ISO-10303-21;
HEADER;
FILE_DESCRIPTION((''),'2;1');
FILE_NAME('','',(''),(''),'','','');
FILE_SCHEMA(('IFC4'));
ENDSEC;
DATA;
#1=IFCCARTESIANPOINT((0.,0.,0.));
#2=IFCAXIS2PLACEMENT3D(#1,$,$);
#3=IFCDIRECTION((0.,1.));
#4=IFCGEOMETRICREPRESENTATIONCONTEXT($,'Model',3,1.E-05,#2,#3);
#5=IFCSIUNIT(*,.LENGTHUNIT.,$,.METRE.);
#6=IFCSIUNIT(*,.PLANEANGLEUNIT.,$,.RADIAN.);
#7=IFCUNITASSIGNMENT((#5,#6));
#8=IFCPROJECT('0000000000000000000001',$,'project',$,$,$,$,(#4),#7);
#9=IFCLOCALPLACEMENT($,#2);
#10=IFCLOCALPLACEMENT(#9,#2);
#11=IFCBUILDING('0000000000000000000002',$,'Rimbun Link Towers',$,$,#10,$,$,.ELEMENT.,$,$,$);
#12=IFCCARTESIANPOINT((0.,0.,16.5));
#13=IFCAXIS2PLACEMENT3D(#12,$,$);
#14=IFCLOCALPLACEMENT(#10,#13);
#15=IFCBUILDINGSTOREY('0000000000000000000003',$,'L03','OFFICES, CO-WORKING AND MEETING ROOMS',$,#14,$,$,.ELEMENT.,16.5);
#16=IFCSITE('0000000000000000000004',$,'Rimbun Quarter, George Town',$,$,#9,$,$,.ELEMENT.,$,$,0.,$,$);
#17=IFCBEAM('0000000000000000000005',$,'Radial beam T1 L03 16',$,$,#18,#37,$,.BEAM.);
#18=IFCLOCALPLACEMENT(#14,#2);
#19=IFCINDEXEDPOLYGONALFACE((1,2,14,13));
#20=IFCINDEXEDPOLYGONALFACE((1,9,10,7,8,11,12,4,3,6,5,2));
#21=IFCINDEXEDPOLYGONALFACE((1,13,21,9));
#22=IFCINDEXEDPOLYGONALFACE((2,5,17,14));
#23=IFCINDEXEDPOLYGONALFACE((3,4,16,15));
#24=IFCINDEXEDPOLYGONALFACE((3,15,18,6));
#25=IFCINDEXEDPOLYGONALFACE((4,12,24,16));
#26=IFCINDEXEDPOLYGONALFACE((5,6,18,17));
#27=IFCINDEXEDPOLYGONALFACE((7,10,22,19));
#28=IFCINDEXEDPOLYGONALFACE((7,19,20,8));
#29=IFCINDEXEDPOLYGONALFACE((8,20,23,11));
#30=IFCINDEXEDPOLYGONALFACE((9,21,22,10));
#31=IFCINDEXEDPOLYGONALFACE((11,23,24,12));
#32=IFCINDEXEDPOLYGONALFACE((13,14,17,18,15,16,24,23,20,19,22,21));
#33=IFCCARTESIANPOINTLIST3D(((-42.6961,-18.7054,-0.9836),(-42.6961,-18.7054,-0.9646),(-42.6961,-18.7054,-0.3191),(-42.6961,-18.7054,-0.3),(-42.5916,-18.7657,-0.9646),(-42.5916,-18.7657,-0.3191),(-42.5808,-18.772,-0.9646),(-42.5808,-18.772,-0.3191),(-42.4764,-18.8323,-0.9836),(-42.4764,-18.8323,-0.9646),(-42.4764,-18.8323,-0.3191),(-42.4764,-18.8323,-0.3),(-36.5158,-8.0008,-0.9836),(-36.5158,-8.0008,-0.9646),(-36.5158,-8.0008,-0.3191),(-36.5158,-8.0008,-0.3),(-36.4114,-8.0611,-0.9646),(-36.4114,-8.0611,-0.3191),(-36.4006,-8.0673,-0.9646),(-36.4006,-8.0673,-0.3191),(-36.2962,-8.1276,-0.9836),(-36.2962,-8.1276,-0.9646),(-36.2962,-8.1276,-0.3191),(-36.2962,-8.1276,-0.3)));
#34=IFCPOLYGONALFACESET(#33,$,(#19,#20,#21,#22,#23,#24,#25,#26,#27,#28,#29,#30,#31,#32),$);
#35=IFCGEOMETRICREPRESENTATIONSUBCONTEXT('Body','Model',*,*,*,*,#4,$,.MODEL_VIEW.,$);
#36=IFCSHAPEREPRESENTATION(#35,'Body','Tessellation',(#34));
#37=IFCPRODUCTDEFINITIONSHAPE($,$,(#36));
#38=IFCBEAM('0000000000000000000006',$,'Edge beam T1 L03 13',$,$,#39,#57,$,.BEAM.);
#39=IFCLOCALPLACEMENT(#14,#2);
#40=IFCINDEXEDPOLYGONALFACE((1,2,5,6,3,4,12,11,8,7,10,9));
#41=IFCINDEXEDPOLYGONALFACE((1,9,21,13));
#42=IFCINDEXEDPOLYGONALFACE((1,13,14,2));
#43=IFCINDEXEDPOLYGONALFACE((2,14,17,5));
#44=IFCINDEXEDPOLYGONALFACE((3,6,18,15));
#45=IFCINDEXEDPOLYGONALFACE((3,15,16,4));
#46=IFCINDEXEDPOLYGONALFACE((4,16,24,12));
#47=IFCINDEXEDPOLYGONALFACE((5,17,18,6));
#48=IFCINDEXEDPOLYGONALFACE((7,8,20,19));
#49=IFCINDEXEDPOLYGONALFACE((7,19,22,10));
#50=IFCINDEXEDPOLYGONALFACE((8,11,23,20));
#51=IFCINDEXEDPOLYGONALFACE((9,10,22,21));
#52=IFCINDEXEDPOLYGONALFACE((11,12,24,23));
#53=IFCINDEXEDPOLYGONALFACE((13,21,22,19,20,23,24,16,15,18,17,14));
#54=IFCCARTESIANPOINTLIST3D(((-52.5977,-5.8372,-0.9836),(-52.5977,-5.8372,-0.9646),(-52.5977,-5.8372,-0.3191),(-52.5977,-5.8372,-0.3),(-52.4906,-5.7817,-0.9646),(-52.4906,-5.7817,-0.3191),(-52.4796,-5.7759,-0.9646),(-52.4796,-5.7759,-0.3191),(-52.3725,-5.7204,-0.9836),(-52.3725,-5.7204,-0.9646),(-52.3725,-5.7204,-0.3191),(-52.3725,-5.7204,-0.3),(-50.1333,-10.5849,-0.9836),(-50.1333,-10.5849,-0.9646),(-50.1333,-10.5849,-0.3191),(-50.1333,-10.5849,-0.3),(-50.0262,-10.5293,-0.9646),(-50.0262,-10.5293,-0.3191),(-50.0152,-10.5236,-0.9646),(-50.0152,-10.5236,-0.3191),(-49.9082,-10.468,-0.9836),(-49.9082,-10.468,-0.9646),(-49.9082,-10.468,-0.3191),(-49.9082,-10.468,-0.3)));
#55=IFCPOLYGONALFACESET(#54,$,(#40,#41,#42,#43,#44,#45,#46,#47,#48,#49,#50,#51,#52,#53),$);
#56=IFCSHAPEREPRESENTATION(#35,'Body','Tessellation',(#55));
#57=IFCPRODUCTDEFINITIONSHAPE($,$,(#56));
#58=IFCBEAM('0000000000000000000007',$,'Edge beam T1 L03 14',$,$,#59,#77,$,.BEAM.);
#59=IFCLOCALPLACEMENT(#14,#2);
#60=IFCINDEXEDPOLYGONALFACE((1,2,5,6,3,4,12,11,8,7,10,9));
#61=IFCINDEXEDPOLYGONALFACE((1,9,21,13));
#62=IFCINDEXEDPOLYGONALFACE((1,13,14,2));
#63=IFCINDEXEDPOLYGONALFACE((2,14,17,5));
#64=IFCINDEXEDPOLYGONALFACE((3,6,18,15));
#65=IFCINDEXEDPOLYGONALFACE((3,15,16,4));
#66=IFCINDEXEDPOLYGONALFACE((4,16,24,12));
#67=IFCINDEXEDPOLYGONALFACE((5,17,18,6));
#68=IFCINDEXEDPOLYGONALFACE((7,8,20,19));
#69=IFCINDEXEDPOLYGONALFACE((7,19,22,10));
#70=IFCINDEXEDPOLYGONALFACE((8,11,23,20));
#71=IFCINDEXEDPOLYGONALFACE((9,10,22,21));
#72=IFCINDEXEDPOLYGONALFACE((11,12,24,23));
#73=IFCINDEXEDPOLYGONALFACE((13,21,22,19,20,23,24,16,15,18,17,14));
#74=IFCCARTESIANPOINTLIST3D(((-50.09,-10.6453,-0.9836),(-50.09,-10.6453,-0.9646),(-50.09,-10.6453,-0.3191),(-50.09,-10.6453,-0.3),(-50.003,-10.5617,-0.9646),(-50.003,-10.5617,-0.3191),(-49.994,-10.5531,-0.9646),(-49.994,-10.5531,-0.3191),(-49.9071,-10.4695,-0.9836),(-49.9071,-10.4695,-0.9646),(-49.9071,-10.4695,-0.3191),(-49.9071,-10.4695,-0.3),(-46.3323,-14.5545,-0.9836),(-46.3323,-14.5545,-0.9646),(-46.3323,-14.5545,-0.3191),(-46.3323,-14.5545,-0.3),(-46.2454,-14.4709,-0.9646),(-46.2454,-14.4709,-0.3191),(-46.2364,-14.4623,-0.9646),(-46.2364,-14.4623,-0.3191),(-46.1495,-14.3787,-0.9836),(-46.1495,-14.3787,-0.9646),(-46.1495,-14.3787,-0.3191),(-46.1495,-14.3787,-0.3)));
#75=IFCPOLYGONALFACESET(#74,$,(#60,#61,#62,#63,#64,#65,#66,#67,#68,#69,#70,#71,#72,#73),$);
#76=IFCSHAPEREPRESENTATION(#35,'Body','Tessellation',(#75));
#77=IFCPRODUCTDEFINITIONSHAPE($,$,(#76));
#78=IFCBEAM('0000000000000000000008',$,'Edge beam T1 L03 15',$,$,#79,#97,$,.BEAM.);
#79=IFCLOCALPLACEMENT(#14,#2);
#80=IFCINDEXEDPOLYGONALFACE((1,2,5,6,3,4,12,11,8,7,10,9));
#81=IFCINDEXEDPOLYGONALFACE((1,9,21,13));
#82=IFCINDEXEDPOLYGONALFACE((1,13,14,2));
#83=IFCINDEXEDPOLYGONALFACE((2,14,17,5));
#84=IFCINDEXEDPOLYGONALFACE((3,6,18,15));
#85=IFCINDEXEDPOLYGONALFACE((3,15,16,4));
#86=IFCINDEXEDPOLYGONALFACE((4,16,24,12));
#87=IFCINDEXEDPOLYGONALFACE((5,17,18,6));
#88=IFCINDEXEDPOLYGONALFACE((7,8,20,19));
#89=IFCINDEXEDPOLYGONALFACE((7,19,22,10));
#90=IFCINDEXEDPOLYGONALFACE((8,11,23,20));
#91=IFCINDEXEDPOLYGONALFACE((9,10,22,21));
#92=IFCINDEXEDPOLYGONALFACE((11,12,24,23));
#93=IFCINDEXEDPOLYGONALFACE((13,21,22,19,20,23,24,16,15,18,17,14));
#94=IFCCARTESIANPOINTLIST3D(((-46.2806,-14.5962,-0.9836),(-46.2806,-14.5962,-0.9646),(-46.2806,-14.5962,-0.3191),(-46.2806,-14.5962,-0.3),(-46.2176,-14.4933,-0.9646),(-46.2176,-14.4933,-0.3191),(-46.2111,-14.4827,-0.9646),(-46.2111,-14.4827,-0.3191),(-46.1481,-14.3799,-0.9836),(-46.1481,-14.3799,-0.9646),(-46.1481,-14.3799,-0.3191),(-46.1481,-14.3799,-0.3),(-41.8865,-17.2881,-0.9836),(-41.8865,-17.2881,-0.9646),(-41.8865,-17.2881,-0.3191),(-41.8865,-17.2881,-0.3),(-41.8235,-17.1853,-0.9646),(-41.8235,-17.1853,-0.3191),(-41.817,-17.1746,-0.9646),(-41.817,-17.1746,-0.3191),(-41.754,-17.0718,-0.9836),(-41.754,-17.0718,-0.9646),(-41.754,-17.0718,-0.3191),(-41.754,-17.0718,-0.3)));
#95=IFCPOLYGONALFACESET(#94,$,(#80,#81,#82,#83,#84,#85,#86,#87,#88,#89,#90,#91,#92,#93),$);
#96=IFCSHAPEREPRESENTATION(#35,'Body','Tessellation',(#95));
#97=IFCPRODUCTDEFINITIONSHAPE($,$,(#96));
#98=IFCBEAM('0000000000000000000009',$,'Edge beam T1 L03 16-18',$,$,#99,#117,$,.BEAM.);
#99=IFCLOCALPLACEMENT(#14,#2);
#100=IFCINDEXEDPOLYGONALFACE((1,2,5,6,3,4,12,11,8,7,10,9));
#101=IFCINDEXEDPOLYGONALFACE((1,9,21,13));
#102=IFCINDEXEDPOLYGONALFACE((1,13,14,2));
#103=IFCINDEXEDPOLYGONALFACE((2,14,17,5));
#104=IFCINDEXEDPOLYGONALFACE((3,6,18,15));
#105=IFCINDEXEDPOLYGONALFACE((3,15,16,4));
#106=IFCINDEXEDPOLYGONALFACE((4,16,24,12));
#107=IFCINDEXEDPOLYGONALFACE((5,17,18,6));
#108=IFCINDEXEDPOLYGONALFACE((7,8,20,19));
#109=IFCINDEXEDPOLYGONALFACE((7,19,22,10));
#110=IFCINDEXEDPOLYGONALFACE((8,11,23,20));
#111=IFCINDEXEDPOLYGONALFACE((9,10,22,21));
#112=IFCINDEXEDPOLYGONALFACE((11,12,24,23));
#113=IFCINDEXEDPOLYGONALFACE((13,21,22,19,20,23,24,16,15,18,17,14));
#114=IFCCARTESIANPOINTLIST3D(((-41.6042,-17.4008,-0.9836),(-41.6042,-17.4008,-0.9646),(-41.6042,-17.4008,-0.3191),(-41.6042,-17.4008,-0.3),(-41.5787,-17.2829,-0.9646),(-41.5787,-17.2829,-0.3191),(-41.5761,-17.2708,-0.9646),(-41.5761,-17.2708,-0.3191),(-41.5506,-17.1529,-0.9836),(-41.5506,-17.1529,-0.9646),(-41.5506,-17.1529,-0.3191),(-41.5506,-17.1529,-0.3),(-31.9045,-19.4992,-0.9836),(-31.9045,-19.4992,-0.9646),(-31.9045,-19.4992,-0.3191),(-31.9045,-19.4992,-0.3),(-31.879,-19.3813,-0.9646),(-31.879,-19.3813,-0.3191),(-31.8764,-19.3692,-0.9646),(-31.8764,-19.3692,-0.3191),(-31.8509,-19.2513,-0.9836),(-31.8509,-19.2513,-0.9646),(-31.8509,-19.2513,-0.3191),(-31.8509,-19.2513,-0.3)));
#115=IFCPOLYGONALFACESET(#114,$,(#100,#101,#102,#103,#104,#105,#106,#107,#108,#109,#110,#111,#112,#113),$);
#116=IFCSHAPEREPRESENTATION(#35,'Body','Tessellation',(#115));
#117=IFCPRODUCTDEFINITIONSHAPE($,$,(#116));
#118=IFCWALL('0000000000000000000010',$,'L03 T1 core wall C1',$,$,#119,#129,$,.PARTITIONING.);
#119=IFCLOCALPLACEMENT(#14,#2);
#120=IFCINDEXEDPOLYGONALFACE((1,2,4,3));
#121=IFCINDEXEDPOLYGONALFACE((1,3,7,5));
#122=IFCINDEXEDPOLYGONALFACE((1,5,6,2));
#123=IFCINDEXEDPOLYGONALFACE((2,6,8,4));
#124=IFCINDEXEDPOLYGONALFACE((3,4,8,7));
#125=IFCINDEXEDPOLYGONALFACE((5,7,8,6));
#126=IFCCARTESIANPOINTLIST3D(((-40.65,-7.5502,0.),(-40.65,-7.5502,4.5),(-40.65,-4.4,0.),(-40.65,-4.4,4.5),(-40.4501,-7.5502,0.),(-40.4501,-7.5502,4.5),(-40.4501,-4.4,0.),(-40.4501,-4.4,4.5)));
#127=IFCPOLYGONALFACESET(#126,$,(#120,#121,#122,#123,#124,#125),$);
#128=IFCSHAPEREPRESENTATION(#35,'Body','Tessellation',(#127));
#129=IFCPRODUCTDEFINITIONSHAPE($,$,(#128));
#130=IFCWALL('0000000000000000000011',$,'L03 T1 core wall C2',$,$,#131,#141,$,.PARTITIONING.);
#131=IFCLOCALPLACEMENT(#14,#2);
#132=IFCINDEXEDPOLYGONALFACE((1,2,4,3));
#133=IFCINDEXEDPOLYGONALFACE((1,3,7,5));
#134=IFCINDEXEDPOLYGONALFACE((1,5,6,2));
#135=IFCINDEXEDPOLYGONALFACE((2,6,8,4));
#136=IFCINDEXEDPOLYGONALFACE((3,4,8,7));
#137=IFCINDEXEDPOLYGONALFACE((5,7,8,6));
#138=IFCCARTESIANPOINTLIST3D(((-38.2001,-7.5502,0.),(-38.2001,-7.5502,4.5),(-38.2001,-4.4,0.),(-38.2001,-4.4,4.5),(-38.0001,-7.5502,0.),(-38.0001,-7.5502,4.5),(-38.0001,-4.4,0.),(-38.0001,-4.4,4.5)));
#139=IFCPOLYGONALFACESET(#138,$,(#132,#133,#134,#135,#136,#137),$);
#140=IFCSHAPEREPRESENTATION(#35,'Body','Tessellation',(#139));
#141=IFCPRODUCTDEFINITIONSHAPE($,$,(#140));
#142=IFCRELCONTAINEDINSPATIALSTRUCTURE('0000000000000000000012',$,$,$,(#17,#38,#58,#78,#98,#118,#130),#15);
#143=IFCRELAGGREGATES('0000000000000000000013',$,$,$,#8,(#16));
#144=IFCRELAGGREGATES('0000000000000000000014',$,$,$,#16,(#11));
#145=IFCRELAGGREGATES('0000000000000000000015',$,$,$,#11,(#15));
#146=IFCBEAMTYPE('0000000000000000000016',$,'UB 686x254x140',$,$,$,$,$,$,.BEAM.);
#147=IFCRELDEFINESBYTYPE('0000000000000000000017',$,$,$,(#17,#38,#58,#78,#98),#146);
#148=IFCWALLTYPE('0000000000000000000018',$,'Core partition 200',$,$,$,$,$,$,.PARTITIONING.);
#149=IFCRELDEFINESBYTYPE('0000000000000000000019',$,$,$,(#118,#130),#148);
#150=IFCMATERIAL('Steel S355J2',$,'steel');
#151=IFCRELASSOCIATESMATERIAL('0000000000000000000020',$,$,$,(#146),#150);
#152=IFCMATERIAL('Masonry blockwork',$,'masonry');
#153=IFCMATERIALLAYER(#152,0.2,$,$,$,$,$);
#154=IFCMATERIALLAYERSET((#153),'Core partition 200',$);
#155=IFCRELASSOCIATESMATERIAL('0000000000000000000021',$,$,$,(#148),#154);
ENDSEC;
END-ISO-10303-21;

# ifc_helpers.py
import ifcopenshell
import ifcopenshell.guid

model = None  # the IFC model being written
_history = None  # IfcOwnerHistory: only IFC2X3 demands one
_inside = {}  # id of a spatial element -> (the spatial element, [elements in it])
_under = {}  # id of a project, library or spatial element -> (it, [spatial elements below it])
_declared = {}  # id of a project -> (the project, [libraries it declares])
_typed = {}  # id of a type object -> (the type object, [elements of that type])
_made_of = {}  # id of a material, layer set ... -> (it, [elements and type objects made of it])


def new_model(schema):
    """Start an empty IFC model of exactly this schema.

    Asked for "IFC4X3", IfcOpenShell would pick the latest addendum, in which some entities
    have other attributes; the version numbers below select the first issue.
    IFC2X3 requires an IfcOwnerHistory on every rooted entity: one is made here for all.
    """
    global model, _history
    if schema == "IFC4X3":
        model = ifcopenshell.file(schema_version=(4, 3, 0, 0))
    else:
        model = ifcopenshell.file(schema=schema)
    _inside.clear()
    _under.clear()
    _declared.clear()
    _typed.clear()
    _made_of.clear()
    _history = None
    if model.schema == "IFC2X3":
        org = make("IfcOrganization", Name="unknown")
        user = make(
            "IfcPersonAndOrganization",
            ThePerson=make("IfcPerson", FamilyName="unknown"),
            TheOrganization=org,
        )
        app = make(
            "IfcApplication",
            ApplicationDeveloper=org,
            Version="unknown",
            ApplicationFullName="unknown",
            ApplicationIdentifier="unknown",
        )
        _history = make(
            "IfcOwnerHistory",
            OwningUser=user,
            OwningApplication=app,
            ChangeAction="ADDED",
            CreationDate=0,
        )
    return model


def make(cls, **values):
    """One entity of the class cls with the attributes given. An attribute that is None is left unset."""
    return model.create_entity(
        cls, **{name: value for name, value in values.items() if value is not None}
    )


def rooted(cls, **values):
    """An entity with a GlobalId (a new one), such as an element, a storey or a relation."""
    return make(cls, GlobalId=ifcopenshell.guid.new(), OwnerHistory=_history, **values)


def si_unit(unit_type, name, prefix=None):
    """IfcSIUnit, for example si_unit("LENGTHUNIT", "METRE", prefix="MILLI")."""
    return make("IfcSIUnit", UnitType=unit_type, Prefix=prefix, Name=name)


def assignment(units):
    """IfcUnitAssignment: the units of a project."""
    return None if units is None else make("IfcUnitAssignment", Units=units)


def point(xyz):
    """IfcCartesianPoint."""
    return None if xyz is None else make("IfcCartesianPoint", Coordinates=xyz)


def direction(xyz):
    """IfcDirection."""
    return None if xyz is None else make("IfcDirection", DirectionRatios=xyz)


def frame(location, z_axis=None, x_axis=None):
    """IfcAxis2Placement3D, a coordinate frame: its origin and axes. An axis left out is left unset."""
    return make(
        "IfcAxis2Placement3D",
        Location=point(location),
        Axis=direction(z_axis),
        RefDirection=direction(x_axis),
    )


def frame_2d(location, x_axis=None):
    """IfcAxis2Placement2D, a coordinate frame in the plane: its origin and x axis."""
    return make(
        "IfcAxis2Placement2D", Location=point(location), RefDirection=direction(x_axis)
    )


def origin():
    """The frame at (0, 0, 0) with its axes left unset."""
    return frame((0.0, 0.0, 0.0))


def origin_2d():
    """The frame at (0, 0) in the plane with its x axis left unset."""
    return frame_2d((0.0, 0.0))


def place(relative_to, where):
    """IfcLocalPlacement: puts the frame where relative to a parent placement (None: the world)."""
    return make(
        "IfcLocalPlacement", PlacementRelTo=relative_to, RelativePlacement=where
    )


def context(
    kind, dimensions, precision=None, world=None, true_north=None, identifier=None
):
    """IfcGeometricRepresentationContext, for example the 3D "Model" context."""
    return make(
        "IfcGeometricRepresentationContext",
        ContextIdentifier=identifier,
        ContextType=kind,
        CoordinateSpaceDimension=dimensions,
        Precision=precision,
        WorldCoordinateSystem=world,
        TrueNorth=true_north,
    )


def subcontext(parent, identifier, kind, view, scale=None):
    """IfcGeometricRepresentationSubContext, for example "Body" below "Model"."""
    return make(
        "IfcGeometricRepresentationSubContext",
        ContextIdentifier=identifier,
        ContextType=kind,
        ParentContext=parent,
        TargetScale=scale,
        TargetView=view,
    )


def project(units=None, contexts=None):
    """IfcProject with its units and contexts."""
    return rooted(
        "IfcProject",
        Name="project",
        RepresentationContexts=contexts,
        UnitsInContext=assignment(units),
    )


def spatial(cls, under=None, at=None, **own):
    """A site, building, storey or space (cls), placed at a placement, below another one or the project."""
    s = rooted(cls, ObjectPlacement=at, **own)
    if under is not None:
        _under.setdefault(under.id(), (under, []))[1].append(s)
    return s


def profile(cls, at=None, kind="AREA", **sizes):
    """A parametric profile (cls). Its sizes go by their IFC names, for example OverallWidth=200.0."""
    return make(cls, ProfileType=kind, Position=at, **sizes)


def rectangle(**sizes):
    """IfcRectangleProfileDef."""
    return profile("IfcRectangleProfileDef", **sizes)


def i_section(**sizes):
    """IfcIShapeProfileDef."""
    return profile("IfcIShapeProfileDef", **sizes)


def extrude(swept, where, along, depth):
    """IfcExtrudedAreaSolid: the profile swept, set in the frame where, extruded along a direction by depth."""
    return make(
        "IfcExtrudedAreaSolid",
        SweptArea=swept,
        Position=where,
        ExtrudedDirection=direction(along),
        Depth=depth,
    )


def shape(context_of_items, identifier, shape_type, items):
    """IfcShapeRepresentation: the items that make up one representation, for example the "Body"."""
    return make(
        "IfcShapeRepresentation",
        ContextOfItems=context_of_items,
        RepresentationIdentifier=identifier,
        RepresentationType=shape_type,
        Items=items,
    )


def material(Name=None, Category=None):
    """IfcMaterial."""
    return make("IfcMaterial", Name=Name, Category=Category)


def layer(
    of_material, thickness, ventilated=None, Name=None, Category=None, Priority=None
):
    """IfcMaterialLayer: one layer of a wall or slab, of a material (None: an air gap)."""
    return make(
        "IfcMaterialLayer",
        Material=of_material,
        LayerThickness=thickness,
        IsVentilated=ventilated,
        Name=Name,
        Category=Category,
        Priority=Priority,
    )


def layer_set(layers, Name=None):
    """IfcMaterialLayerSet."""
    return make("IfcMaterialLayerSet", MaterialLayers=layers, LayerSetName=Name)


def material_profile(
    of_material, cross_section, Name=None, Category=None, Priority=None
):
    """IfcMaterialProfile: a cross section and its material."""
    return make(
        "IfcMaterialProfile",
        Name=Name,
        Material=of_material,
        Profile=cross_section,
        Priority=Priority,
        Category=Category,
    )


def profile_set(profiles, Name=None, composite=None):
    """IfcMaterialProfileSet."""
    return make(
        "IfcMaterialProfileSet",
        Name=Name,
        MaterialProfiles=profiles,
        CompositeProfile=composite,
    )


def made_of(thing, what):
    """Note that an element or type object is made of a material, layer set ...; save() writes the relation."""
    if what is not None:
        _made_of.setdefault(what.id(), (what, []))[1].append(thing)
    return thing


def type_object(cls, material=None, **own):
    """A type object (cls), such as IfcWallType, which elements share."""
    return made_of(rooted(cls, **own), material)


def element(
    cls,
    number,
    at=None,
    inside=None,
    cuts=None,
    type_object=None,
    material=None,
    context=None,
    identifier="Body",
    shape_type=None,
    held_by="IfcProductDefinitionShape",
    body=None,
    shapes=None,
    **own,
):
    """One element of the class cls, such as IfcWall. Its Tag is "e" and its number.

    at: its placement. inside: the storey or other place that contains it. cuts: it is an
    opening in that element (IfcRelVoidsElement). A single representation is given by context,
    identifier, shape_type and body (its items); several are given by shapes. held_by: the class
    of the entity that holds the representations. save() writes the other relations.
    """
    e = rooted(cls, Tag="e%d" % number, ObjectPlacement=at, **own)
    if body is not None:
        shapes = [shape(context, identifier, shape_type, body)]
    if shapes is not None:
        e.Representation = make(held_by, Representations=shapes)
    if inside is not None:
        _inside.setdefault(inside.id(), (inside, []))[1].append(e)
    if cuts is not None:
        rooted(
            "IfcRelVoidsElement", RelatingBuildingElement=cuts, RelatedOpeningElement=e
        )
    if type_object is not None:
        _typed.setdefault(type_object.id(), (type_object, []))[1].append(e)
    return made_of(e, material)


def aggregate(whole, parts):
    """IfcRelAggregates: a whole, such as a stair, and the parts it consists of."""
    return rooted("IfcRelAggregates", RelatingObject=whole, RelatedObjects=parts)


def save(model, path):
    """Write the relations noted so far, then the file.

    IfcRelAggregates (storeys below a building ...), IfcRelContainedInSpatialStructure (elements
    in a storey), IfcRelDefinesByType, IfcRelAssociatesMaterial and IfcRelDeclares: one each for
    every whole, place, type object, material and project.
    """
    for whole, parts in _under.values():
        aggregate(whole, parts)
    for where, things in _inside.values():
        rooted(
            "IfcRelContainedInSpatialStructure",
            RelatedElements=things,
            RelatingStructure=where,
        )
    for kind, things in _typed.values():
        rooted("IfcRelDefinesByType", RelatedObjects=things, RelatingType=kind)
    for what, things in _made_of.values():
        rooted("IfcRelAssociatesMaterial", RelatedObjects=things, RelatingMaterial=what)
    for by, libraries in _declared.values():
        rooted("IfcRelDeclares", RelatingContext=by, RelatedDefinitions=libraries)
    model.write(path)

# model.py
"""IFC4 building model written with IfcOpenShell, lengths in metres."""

from ifc_helpers import new_model, si_unit, direction, frame, frame_2d, origin, origin_2d, place, context, subcontext, project, spatial, rectangle, i_section, extrude, material, layer, layer_set, material_profile, profile_set, type_object, element, save


model = new_model("IFC4")

# Units and contexts
model_context = context("Model", 3, precision=1e-05, world=origin(), true_north=direction((0.0, 1.0)))
body_context = subcontext(model_context, "Body", "Model", "MODEL_VIEW")
ifc_project = project(units=[si_unit("LENGTHUNIT", "METRE"), si_unit("PLANEANGLEUNIT", "RADIAN")], contexts=[model_context])

# Site, building, storey
site_placement = place(None, origin())
site = spatial("IfcSite", under=ifc_project, at=site_placement, Name="Rimbun Quarter, George Town", CompositionType="ELEMENT", RefElevation=0.0)
building_placement = place(site_placement, origin())
building = spatial("IfcBuilding", under=site, at=building_placement, Name="Rimbun Link Towers", CompositionType="ELEMENT")
storey_placement = place(building_placement, frame((0.0, 0.0, 16.5)))
storey = spatial("IfcBuildingStorey", under=building, at=storey_placement, Name="L03", Description="OFFICES, CO-WORKING AND MEETING ROOMS", CompositionType="ELEMENT", Elevation=16.5)

# Beams
ifc_material_1 = material(Name="Steel S355J2", Category="steel")
ifc_material_profile_1 = material_profile(ifc_material_1, i_section(OverallWidth=0.2537, OverallDepth=0.6836, WebThickness=0.0125, FlangeThickness=0.019, at=origin_2d()), Name="UB 686x254x140")
ifc_profile_set_1 = profile_set([ifc_material_profile_1], Name="Steel S355J2")
beam_type_1 = type_object("IfcBeamType", Name="UB 686x254x140", PredefinedType="BEAM", material=ifc_profile_set_1)
beam_1_placement = place(storey_placement, frame((-36.406, -8.0642, -0.6418), z_axis=(-0.499993, -0.86603, 0.0), x_axis=(0.86603, -0.499993, 0.0)))
element("IfcBeam", 1, at=beam_1_placement, inside=storey, type_object=beam_type_1, Name="Radial beam T1 L03 16", PredefinedType="BEAM", context=body_context, shape_type="SweptSolid", body=[
    extrude(i_section(OverallWidth=0.2537, OverallDepth=0.6836, WebThickness=0.0125, FlangeThickness=0.019, at=origin_2d()), origin(), (0.0, 0.0, 1.0), 12.3606),
])
beam_2_placement = place(storey_placement, frame((-52.4851, -5.7788, -0.6418), z_axis=(0.460709, -0.887551, 0.0), x_axis=(0.887551, 0.460709, 0.0)))
element("IfcBeam", 2, at=beam_2_placement, inside=storey, type_object=beam_type_1, Name="Edge beam T1 L03 13", PredefinedType="BEAM", context=body_context, shape_type="SweptSolid", body=[
    extrude(i_section(OverallWidth=0.2537, OverallDepth=0.6836, WebThickness=0.0125, FlangeThickness=0.019, at=origin_2d()), origin(), (0.0, 0.0, 1.0), 5.3491),
])
beam_3_placement = place(storey_placement, frame((-49.9985, -10.5574, -0.6418), z_axis=(0.692988, -0.720949, 0.0), x_axis=(0.720949, 0.692988, 0.0)))
element("IfcBeam", 3, at=beam_3_placement, inside=storey, type_object=beam_type_1, Name="Edge beam T1 L03 14", PredefinedType="BEAM", context=body_context, shape_type="SweptSolid", body=[
    extrude(i_section(OverallWidth=0.2537, OverallDepth=0.6836, WebThickness=0.0125, FlangeThickness=0.019, at=origin_2d()), origin(), (0.0, 0.0, 1.0), 5.4224),
])
beam_4_placement = place(storey_placement, frame((-46.2144, -14.488, -0.6418), z_axis=(0.852707, -0.522389, 0.0), x_axis=(0.522389, 0.852707, 0.0)))
element("IfcBeam", 4, at=beam_4_placement, inside=storey, type_object=beam_type_1, Name="Edge beam T1 L03 15", PredefinedType="BEAM", context=body_context, shape_type="SweptSolid", body=[
    extrude(i_section(OverallWidth=0.2537, OverallDepth=0.6836, WebThickness=0.0125, FlangeThickness=0.019, at=origin_2d()), origin(), (0.0, 0.0, 1.0), 5.1531),
])
beam_5_placement = place(storey_placement, frame((-41.5774, -17.2769, -0.6418), z_axis=(0.97739, -0.211444, 0.0), x_axis=(0.211444, 0.97739, 0.0)))
element("IfcBeam", 5, at=beam_5_placement, inside=storey, type_object=beam_type_1, Name="Edge beam T1 L03 16-18", PredefinedType="BEAM", context=body_context, shape_type="SweptSolid", body=[
    extrude(i_section(OverallWidth=0.2537, OverallDepth=0.6836, WebThickness=0.0125, FlangeThickness=0.019, at=origin_2d()), origin(), (0.0, 0.0, 1.0), 9.9241),
])

# Walls
ifc_material_2 = material(Name="Masonry blockwork", Category="masonry")
ifc_layer_1 = layer(ifc_material_2, 0.2)
ifc_layer_set_1 = layer_set([ifc_layer_1], Name="Core partition 200")
wall_type_1 = type_object("IfcWallType", Name="Core partition 200", PredefinedType="PARTITIONING", material=ifc_layer_set_1)
for number, where, z_axis, x_axis, name in (
    (6, (-40.55, -4.3999, 0.0), (0.0, 0.0, 1.0), (0.0, -1.0, 0.0), "L03 T1 core wall C1"),
    (7, (-38.1001, -4.3999, 0.0), (0.0, 0.0, 1.0), (0.0, -1.0, 0.0), "L03 T1 core wall C2"),
):
    element("IfcWall", number, at=place(storey_placement, frame(where, z_axis=z_axis, x_axis=x_axis)), inside=storey, type_object=wall_type_1, Name=name, PredefinedType="PARTITIONING", context=body_context, shape_type="SweptSolid", body=[
        extrude(rectangle(XDim=3.1501, YDim=0.2, at=frame_2d((1.5752, 0.0))), origin(), (0.0, 0.0, 1.0), 4.5),
    ])

save(model, "model.ifc")
